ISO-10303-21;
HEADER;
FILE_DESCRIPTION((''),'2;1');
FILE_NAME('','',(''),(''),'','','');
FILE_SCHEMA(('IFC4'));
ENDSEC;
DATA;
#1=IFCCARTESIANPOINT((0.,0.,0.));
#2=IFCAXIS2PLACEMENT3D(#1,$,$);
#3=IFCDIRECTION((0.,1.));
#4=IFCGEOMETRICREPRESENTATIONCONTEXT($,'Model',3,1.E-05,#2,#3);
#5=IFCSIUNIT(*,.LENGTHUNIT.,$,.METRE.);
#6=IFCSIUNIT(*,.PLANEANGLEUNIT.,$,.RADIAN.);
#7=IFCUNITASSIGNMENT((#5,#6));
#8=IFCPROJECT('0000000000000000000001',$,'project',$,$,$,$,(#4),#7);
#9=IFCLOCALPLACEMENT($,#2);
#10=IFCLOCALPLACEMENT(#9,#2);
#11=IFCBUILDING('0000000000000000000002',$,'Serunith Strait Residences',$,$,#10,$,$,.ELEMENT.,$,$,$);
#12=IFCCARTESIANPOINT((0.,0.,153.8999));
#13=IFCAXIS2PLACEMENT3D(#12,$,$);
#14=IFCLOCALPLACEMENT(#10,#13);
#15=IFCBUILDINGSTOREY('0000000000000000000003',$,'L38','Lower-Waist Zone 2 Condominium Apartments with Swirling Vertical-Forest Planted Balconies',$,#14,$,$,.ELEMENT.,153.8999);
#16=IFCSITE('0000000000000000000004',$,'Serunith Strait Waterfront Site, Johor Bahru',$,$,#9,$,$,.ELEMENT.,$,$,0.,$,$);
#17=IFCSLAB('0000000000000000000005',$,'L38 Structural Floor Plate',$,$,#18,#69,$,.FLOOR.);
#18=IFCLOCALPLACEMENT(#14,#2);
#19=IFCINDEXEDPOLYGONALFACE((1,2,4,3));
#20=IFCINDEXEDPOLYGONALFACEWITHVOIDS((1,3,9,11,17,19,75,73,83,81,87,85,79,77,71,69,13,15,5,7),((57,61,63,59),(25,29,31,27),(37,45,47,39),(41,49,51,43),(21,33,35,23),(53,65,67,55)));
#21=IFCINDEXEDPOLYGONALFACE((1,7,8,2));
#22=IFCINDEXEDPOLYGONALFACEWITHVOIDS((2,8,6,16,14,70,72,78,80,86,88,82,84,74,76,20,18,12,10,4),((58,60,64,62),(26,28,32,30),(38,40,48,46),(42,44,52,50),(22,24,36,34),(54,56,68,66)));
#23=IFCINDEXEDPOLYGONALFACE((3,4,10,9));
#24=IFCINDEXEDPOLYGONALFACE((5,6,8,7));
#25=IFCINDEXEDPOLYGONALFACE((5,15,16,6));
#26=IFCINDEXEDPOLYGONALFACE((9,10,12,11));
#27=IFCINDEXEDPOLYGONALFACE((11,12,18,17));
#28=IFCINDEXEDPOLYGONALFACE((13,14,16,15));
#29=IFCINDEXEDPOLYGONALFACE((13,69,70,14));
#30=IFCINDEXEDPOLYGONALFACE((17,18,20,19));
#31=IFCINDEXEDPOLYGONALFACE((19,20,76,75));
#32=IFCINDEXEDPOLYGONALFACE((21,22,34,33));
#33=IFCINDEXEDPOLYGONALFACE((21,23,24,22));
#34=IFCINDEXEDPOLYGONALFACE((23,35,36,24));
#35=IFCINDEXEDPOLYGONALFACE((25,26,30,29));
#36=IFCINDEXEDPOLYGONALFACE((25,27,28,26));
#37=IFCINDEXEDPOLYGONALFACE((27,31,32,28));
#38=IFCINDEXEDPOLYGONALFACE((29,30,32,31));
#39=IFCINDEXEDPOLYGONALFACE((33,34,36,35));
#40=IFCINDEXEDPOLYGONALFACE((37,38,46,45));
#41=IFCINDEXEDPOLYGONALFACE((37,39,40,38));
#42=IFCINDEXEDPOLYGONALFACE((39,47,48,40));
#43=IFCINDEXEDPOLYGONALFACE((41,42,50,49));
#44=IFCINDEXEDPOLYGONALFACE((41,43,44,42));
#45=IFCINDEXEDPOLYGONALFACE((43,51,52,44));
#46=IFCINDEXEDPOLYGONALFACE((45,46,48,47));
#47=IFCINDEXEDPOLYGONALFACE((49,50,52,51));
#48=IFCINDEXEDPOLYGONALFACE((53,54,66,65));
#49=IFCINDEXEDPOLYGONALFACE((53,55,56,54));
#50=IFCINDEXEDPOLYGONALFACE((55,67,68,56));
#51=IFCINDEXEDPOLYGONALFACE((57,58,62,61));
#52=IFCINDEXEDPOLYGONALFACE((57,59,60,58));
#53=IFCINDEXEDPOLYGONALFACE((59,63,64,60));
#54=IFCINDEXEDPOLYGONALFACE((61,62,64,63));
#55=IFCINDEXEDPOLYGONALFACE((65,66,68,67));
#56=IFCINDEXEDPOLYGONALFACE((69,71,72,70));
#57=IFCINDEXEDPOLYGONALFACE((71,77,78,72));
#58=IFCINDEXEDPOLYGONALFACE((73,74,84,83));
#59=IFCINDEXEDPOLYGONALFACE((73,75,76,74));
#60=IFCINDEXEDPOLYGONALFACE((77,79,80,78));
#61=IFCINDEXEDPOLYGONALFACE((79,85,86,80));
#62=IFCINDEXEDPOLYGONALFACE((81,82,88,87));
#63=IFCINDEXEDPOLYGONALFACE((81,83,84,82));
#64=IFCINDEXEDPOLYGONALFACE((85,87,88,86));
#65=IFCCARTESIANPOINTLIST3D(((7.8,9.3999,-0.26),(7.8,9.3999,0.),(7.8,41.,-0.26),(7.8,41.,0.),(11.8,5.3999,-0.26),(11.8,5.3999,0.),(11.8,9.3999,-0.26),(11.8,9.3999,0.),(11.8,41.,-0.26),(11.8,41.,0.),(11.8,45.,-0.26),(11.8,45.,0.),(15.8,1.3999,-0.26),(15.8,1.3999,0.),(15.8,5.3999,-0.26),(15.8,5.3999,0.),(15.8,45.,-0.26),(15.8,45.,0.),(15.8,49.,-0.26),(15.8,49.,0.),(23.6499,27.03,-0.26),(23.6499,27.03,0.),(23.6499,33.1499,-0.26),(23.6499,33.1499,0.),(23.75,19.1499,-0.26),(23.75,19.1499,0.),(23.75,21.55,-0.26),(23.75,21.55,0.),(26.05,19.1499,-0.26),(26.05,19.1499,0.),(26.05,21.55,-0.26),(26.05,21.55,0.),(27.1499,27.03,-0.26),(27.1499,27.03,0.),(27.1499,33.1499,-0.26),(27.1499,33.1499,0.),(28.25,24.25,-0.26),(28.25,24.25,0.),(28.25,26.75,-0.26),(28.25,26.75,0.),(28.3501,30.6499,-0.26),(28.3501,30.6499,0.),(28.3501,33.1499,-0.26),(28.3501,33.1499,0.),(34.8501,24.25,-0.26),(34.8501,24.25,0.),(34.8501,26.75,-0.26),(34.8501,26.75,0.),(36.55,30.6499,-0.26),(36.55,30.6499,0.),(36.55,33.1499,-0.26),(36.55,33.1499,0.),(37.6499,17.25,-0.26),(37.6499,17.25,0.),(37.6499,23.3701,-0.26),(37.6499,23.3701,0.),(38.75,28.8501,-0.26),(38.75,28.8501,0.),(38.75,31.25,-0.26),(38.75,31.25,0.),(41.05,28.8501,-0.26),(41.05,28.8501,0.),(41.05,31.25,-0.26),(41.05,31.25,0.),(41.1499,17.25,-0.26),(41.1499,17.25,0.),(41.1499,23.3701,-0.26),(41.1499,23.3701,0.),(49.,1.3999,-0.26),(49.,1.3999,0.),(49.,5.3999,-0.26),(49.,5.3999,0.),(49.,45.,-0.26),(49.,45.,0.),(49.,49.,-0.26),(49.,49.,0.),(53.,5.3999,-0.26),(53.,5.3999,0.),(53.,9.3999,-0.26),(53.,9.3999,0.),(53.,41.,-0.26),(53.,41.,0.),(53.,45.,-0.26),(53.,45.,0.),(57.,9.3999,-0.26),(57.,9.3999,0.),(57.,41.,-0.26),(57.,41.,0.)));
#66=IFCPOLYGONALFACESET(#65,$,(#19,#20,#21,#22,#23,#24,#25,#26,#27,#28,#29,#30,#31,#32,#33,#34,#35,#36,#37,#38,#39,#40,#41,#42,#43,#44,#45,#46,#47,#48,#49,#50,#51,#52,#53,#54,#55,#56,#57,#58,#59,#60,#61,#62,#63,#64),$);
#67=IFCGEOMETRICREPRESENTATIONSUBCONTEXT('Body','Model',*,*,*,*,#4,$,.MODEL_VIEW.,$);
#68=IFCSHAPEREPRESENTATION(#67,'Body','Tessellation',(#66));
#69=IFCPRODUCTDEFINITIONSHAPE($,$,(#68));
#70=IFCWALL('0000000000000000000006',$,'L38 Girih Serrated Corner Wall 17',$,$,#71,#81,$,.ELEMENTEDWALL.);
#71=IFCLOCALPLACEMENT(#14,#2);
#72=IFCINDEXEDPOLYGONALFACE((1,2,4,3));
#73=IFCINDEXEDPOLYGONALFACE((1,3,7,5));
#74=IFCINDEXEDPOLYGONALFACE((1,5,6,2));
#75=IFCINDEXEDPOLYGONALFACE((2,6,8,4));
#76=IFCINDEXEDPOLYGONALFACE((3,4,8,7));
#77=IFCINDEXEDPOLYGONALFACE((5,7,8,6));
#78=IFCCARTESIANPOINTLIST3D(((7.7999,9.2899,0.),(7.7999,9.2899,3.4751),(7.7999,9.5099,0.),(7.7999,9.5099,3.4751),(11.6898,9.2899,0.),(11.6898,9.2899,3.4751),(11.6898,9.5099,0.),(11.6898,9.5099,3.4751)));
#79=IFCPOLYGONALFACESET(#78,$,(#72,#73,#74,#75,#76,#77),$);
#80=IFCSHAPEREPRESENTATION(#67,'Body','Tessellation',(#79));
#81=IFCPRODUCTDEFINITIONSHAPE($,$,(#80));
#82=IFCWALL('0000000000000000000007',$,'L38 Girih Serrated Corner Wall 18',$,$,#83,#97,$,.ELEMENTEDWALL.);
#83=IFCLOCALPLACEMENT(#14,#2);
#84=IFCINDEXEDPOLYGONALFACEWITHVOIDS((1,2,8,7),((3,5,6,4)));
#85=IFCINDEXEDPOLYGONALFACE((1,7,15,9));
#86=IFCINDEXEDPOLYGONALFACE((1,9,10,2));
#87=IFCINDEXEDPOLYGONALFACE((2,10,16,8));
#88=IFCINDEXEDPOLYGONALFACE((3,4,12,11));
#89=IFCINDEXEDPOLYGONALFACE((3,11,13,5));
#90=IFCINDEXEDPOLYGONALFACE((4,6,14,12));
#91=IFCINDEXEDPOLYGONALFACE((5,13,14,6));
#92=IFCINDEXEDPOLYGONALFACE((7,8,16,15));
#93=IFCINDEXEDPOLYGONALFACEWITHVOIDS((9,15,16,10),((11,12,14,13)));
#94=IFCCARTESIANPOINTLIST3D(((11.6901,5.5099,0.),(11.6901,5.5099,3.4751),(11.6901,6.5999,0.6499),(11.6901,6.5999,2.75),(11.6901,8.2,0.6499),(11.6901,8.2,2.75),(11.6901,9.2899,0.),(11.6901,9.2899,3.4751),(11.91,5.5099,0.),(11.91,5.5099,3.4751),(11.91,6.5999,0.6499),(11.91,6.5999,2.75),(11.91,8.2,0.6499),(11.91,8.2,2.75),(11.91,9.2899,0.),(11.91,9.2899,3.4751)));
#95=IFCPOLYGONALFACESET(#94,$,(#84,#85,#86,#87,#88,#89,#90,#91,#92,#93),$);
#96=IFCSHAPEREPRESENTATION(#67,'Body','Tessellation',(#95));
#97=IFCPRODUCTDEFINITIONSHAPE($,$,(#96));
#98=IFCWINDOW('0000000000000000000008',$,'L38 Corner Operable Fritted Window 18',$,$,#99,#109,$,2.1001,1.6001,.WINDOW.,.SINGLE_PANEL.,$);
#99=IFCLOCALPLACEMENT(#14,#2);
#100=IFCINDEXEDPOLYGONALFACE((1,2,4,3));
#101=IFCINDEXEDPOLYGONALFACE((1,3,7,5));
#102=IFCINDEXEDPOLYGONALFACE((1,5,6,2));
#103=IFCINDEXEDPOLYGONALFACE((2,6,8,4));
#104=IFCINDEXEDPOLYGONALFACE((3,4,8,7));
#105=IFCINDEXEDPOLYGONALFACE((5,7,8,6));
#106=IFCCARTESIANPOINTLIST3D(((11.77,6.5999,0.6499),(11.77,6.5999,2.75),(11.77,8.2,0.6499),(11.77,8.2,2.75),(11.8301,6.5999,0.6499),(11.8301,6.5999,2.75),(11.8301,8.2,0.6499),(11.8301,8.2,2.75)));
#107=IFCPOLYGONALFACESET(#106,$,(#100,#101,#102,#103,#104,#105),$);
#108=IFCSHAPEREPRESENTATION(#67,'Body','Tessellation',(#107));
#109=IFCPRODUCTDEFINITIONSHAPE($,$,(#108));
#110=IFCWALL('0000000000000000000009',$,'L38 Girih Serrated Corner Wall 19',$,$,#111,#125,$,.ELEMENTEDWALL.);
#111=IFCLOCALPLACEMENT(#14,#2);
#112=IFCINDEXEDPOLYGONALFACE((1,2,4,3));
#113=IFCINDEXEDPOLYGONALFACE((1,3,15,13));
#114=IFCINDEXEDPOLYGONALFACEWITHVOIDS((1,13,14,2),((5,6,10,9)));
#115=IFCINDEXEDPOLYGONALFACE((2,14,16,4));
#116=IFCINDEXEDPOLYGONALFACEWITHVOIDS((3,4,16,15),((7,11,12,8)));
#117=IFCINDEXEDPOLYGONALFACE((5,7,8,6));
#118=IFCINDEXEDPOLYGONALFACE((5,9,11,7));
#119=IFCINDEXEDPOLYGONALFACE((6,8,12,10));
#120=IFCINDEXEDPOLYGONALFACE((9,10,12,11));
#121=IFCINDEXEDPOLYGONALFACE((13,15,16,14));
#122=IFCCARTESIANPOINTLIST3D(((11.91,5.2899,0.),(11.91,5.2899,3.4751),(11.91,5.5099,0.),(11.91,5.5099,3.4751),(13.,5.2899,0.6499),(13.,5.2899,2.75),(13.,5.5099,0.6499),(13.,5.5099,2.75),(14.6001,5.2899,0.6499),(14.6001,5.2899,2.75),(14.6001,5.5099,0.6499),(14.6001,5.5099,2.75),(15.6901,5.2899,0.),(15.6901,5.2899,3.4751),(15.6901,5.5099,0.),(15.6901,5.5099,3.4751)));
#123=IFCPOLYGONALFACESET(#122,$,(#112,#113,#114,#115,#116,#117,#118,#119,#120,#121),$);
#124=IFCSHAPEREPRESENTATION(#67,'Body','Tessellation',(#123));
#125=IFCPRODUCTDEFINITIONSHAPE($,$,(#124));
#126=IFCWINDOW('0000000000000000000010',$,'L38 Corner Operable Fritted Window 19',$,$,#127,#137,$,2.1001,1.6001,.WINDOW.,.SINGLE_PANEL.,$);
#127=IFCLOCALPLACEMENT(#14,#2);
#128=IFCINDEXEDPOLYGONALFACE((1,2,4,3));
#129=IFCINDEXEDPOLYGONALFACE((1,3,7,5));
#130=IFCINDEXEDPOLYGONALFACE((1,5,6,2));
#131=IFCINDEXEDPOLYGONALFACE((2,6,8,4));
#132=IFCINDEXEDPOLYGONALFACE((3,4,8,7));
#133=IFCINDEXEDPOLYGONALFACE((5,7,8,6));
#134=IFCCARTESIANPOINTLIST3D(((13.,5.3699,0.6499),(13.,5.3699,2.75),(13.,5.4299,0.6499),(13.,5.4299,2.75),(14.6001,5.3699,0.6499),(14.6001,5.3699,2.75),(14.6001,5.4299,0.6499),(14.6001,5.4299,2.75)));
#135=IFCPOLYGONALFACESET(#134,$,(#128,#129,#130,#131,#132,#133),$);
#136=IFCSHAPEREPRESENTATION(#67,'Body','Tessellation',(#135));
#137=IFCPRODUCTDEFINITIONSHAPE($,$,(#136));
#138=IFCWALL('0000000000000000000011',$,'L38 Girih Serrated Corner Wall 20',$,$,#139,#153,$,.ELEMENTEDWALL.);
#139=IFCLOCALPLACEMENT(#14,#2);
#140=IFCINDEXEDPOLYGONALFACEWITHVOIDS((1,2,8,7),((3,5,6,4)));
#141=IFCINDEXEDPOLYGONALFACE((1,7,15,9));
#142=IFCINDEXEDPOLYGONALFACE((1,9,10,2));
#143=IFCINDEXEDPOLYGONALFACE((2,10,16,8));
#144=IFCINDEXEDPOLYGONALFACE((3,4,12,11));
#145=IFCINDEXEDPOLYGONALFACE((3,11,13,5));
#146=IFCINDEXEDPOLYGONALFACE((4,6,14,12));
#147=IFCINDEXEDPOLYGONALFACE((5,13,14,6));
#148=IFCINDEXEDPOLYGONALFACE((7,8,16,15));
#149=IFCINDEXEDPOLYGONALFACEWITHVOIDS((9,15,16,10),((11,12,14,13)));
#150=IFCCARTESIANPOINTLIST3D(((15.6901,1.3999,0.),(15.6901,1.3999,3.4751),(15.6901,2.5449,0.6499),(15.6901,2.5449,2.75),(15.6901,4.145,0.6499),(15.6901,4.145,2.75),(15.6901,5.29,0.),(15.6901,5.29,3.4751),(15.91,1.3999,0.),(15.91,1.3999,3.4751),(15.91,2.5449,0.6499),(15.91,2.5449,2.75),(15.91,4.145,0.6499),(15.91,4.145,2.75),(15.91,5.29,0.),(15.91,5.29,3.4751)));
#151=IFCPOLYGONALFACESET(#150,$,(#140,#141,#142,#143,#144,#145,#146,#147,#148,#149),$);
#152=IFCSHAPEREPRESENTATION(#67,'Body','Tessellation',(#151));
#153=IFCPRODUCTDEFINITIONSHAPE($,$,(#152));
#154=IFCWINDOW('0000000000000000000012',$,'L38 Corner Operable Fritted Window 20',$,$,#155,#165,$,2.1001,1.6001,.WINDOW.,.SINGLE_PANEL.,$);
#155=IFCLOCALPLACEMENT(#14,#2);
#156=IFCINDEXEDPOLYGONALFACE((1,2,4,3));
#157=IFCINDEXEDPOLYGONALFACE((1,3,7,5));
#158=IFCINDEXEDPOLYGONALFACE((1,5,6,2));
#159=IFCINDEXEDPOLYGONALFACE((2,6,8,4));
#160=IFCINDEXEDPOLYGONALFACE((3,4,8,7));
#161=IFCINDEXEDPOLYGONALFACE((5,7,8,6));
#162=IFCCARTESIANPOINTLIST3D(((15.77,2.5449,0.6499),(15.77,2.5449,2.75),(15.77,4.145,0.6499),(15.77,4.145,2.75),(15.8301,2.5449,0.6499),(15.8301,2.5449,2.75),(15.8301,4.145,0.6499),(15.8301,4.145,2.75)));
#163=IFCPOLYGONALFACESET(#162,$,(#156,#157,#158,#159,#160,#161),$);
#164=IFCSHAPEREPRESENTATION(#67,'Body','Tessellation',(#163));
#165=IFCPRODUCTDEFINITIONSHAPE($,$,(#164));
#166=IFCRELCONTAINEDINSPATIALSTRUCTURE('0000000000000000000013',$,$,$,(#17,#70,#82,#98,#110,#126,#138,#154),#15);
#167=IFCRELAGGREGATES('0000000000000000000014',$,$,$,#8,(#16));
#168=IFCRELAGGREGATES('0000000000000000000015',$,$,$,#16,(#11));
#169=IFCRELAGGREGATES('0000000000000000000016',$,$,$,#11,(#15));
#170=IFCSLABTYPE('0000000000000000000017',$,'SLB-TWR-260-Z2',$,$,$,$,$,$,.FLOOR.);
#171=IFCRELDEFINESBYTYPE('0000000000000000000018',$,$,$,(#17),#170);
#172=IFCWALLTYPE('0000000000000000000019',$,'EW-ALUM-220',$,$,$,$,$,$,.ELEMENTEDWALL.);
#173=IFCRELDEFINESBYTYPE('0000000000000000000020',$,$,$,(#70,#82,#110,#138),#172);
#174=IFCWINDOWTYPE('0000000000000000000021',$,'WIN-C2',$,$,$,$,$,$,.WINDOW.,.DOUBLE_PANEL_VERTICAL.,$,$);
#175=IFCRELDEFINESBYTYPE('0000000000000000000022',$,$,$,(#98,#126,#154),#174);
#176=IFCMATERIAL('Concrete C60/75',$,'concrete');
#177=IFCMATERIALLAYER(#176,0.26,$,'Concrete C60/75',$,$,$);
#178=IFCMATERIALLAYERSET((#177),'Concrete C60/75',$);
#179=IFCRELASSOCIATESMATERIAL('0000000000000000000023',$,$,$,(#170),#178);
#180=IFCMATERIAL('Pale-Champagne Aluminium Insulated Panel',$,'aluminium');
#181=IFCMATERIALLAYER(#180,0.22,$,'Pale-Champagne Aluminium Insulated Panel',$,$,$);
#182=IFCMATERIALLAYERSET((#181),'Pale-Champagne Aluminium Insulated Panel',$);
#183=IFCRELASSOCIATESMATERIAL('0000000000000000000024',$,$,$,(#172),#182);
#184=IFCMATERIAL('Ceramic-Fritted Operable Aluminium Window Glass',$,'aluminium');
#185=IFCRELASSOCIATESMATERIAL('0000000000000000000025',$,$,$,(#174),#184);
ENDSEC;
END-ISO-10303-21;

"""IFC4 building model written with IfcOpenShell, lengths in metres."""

from ifc_helpers import new_model, si_unit, direction, frame, frame_2d, origin, place, context, subcontext, project, spatial, polyline, rectangle, outline, extrude, source, transform, mapped, material, layer, layer_set, type_object, element, fill, save


model = new_model("IFC4")

# Units and contexts
model_context = context("Model", 3, precision=1e-05, world=origin(), true_north=direction((0.0, 1.0)))
body_context = subcontext(model_context, "Body", "Model", "MODEL_VIEW")
ifc_project = project(units=[si_unit("LENGTHUNIT", "METRE"), si_unit("PLANEANGLEUNIT", "RADIAN")], contexts=[model_context])

# Site, building, storey
site_placement = place(None, origin())
site = spatial("IfcSite", under=ifc_project, at=site_placement, Name="Serunith Strait Waterfront Site, Johor Bahru", CompositionType="ELEMENT", RefElevation=0.0)
building_placement = place(site_placement, origin())
building = spatial("IfcBuilding", under=site, at=building_placement, Name="Serunith Strait Residences", CompositionType="ELEMENT")
storey_placement = place(building_placement, frame((0.0, 0.0, 153.8999)))
storey = spatial("IfcBuildingStorey", under=building, at=storey_placement, Name="L38", Description="Lower-Waist Zone 2 Condominium Apartments with Swirling Vertical-Forest Planted Balconies", CompositionType="ELEMENT", Elevation=153.8999)

# Slab
ifc_material_1 = material(Name="Concrete C60/75", Category="concrete")
ifc_layer_1 = layer(ifc_material_1, 0.26, Name="Concrete C60/75")
ifc_layer_set_1 = layer_set([ifc_layer_1], Name="Concrete C60/75")
slab_type_1 = type_object("IfcSlabType", Name="SLB-TWR-260-Z2", PredefinedType="FLOOR", material=ifc_layer_set_1)
slab_1_placement = place(storey_placement, frame((0.0, 0.0, -0.26)))
element("IfcSlab", 1, at=slab_1_placement, inside=storey, type_object=slab_type_1, Name="L38 Structural Floor Plate", PredefinedType="FLOOR", context=body_context, shape_type="SweptSolid", body=[
    extrude(outline(polyline([(15.8, 5.3999), (11.8, 5.3999), (11.8, 9.3999), (7.8, 9.3999), (7.8, 41.0), (11.8, 41.0), (11.8, 45.0), (15.8, 45.0), (15.8, 49.0), (49.0, 49.0), (49.0, 45.0), (53.0, 45.0), (53.0, 41.0), (57.0, 41.0), (57.0, 9.3999), (53.0, 9.3999), (53.0, 5.3999), (49.0, 5.3999), (49.0, 1.3999), (15.8, 1.3999), (15.8, 5.3999)]), holes=[polyline([(41.1499, 23.3701), (37.6499, 23.3701), (37.6499, 17.25), (41.1499, 17.25), (41.1499, 23.3701)]), polyline([(38.75, 31.25), (38.75, 28.8501), (41.05, 28.8501), (41.05, 31.25), (38.75, 31.25)]), polyline([(36.55, 33.1499), (28.3501, 33.1499), (28.3501, 30.6499), (36.55, 30.6499), (36.55, 33.1499)]), polyline([(34.8501, 26.75), (28.25, 26.75), (28.25, 24.25), (34.8501, 24.25), (34.8501, 26.75)]), polyline([(23.6499, 33.1499), (23.6499, 27.03), (27.1499, 27.03), (27.1499, 33.1499), (23.6499, 33.1499)]), polyline([(26.05, 21.55), (23.75, 21.55), (23.75, 19.1499), (26.05, 19.1499), (26.05, 21.55)])]), origin(), (0.0, 0.0, 1.0), 0.26),
])

# Wall
ifc_material_2 = material(Name="Pale-Champagne Aluminium Insulated Panel", Category="aluminium")
ifc_layer_2 = layer(ifc_material_2, 0.22, Name="Pale-Champagne Aluminium Insulated Panel")
ifc_layer_set_2 = layer_set([ifc_layer_2], Name="Pale-Champagne Aluminium Insulated Panel")
wall_type_1 = type_object("IfcWallType", Name="EW-ALUM-220", PredefinedType="ELEMENTEDWALL", material=ifc_layer_set_2)
wall_1_placement = place(storey_placement, frame((7.8, 9.3999, 0.0), z_axis=(0.0, 0.0, 1.0), x_axis=(1.0, 0.0, 0.0)))
element("IfcWall", 2, at=wall_1_placement, inside=storey, type_object=wall_type_1, Name="L38 Girih Serrated Corner Wall 17", PredefinedType="ELEMENTEDWALL", context=body_context, shape_type="SweptSolid", body=[
    extrude(rectangle(XDim=3.8899, YDim=0.22, at=frame_2d((1.9448, 0.0))), origin(), (0.0, 0.0, 1.0), 3.4751),
])

# Walls, openings, windows
wall_2_placement = place(storey_placement, frame((11.8, 9.29, 0.0), z_axis=(0.0, 0.0, 1.0), x_axis=(0.0, -1.0, 0.0)))
wall_2 = element("IfcWall", 3, at=wall_2_placement, inside=storey, type_object=wall_type_1, Name="L38 Girih Serrated Corner Wall 18", PredefinedType="ELEMENTEDWALL", context=body_context, shape_type="SweptSolid", body=[
    extrude(rectangle(XDim=3.78, YDim=0.22, at=frame_2d((1.8901, 0.0))), origin(), (0.0, 0.0, 1.0), 3.4751),
])
opening_1_placement = place(wall_2_placement, frame((1.0901, 0.0, 0.6499)))
opening_1 = element("IfcOpeningElement", 4, at=opening_1_placement, cuts=wall_2, PredefinedType="OPENING", context=body_context, shape_type="SweptSolid", body=[
    extrude(rectangle(XDim=1.6001, YDim=2.1001, at=frame_2d((0.8, 1.05))), frame((0.0, 0.1201, 0.0), z_axis=(0.0, -1.0, 0.0), x_axis=(1.0, 0.0, 0.0)), (0.0, 0.0, 1.0), 0.24),
])
ifc_material_3 = material(Name="Ceramic-Fritted Operable Aluminium Window Glass", Category="aluminium")
window_type = type_object("IfcWindowType", Name="WIN-C2", PartitioningType="DOUBLE_PANEL_VERTICAL", PredefinedType="WINDOW", material=ifc_material_3)
shared_shape_1 = source(origin(), body_context, "Body", "SweptSolid", [
    extrude(rectangle(XDim=1.6001, YDim=2.1001, at=frame_2d((0.8, 1.05))), frame((0.0, 0.03, 0.0), z_axis=(0.0, -1.0, 0.0), x_axis=(1.0, 0.0, 0.0)), (0.0, 0.0, 1.0), 0.0601),
])
window_1_placement = place(opening_1_placement, origin())
window_1 = element("IfcWindow", 5, at=window_1_placement, inside=storey, type_object=window_type, Name="L38 Corner Operable Fritted Window 18", OverallHeight=2.1001, OverallWidth=1.6001, PartitioningType="SINGLE_PANEL", PredefinedType="WINDOW", context=body_context, shape_type="MappedRepresentation", body=[
    mapped(shared_shape_1, transform((0.0, 0.0, 0.0), scale=1.0)),
])
fill(opening_1, window_1)
wall_3_placement = place(storey_placement, frame((11.9099, 5.3999, 0.0), z_axis=(0.0, 0.0, 1.0), x_axis=(1.0, 0.0, 0.0)))
wall_3 = element("IfcWall", 6, at=wall_3_placement, inside=storey, type_object=wall_type_1, Name="L38 Girih Serrated Corner Wall 19", PredefinedType="ELEMENTEDWALL", context=body_context, shape_type="SweptSolid", body=[
    extrude(rectangle(XDim=3.78, YDim=0.22, at=frame_2d((1.8901, 0.0))), origin(), (0.0, 0.0, 1.0), 3.4751),
])
opening_2_placement = place(wall_3_placement, frame((1.0901, 0.0, 0.6499)))
opening_2 = element("IfcOpeningElement", 7, at=opening_2_placement, cuts=wall_3, PredefinedType="OPENING", context=body_context, shape_type="SweptSolid", body=[
    extrude(rectangle(XDim=1.6001, YDim=2.1001, at=frame_2d((0.8, 1.05))), frame((0.0, 0.1201, 0.0), z_axis=(0.0, -1.0, 0.0), x_axis=(1.0, 0.0, 0.0)), (0.0, 0.0, 1.0), 0.24),
])
window_2_placement = place(opening_2_placement, origin())
window_2 = element("IfcWindow", 8, at=window_2_placement, inside=storey, type_object=window_type, Name="L38 Corner Operable Fritted Window 19", OverallHeight=2.1001, OverallWidth=1.6001, PartitioningType="SINGLE_PANEL", PredefinedType="WINDOW", context=body_context, shape_type="MappedRepresentation", body=[
    mapped(shared_shape_1, transform((0.0, 0.0, 0.0), scale=1.0)),
])
fill(opening_2, window_2)
wall_4_placement = place(storey_placement, frame((15.8, 5.29, 0.0), z_axis=(0.0, 0.0, 1.0), x_axis=(0.0, -1.0, 0.0)))
wall_4 = element("IfcWall", 9, at=wall_4_placement, inside=storey, type_object=wall_type_1, Name="L38 Girih Serrated Corner Wall 20", PredefinedType="ELEMENTEDWALL", context=body_context, shape_type="SweptSolid", body=[
    extrude(rectangle(XDim=3.8901, YDim=0.22, at=frame_2d((1.9451, 0.0))), origin(), (0.0, 0.0, 1.0), 3.4751),
])
opening_3_placement = place(wall_4_placement, frame((1.145, 0.0, 0.6499)))
opening_3 = element("IfcOpeningElement", 10, at=opening_3_placement, cuts=wall_4, PredefinedType="OPENING", context=body_context, shape_type="SweptSolid", body=[
    extrude(rectangle(XDim=1.6001, YDim=2.1001, at=frame_2d((0.8, 1.05))), frame((0.0, 0.1201, 0.0), z_axis=(0.0, -1.0, 0.0), x_axis=(1.0, 0.0, 0.0)), (0.0, 0.0, 1.0), 0.24),
])
window_3_placement = place(opening_3_placement, origin())
window_3 = element("IfcWindow", 11, at=window_3_placement, inside=storey, type_object=window_type, Name="L38 Corner Operable Fritted Window 20", OverallHeight=2.1001, OverallWidth=1.6001, PartitioningType="SINGLE_PANEL", PredefinedType="WINDOW", context=body_context, shape_type="MappedRepresentation", body=[
    mapped(shared_shape_1, transform((0.0, 0.0, 0.0), scale=1.0)),
])
fill(opening_3, window_3)

save(model, "model.ifc")
